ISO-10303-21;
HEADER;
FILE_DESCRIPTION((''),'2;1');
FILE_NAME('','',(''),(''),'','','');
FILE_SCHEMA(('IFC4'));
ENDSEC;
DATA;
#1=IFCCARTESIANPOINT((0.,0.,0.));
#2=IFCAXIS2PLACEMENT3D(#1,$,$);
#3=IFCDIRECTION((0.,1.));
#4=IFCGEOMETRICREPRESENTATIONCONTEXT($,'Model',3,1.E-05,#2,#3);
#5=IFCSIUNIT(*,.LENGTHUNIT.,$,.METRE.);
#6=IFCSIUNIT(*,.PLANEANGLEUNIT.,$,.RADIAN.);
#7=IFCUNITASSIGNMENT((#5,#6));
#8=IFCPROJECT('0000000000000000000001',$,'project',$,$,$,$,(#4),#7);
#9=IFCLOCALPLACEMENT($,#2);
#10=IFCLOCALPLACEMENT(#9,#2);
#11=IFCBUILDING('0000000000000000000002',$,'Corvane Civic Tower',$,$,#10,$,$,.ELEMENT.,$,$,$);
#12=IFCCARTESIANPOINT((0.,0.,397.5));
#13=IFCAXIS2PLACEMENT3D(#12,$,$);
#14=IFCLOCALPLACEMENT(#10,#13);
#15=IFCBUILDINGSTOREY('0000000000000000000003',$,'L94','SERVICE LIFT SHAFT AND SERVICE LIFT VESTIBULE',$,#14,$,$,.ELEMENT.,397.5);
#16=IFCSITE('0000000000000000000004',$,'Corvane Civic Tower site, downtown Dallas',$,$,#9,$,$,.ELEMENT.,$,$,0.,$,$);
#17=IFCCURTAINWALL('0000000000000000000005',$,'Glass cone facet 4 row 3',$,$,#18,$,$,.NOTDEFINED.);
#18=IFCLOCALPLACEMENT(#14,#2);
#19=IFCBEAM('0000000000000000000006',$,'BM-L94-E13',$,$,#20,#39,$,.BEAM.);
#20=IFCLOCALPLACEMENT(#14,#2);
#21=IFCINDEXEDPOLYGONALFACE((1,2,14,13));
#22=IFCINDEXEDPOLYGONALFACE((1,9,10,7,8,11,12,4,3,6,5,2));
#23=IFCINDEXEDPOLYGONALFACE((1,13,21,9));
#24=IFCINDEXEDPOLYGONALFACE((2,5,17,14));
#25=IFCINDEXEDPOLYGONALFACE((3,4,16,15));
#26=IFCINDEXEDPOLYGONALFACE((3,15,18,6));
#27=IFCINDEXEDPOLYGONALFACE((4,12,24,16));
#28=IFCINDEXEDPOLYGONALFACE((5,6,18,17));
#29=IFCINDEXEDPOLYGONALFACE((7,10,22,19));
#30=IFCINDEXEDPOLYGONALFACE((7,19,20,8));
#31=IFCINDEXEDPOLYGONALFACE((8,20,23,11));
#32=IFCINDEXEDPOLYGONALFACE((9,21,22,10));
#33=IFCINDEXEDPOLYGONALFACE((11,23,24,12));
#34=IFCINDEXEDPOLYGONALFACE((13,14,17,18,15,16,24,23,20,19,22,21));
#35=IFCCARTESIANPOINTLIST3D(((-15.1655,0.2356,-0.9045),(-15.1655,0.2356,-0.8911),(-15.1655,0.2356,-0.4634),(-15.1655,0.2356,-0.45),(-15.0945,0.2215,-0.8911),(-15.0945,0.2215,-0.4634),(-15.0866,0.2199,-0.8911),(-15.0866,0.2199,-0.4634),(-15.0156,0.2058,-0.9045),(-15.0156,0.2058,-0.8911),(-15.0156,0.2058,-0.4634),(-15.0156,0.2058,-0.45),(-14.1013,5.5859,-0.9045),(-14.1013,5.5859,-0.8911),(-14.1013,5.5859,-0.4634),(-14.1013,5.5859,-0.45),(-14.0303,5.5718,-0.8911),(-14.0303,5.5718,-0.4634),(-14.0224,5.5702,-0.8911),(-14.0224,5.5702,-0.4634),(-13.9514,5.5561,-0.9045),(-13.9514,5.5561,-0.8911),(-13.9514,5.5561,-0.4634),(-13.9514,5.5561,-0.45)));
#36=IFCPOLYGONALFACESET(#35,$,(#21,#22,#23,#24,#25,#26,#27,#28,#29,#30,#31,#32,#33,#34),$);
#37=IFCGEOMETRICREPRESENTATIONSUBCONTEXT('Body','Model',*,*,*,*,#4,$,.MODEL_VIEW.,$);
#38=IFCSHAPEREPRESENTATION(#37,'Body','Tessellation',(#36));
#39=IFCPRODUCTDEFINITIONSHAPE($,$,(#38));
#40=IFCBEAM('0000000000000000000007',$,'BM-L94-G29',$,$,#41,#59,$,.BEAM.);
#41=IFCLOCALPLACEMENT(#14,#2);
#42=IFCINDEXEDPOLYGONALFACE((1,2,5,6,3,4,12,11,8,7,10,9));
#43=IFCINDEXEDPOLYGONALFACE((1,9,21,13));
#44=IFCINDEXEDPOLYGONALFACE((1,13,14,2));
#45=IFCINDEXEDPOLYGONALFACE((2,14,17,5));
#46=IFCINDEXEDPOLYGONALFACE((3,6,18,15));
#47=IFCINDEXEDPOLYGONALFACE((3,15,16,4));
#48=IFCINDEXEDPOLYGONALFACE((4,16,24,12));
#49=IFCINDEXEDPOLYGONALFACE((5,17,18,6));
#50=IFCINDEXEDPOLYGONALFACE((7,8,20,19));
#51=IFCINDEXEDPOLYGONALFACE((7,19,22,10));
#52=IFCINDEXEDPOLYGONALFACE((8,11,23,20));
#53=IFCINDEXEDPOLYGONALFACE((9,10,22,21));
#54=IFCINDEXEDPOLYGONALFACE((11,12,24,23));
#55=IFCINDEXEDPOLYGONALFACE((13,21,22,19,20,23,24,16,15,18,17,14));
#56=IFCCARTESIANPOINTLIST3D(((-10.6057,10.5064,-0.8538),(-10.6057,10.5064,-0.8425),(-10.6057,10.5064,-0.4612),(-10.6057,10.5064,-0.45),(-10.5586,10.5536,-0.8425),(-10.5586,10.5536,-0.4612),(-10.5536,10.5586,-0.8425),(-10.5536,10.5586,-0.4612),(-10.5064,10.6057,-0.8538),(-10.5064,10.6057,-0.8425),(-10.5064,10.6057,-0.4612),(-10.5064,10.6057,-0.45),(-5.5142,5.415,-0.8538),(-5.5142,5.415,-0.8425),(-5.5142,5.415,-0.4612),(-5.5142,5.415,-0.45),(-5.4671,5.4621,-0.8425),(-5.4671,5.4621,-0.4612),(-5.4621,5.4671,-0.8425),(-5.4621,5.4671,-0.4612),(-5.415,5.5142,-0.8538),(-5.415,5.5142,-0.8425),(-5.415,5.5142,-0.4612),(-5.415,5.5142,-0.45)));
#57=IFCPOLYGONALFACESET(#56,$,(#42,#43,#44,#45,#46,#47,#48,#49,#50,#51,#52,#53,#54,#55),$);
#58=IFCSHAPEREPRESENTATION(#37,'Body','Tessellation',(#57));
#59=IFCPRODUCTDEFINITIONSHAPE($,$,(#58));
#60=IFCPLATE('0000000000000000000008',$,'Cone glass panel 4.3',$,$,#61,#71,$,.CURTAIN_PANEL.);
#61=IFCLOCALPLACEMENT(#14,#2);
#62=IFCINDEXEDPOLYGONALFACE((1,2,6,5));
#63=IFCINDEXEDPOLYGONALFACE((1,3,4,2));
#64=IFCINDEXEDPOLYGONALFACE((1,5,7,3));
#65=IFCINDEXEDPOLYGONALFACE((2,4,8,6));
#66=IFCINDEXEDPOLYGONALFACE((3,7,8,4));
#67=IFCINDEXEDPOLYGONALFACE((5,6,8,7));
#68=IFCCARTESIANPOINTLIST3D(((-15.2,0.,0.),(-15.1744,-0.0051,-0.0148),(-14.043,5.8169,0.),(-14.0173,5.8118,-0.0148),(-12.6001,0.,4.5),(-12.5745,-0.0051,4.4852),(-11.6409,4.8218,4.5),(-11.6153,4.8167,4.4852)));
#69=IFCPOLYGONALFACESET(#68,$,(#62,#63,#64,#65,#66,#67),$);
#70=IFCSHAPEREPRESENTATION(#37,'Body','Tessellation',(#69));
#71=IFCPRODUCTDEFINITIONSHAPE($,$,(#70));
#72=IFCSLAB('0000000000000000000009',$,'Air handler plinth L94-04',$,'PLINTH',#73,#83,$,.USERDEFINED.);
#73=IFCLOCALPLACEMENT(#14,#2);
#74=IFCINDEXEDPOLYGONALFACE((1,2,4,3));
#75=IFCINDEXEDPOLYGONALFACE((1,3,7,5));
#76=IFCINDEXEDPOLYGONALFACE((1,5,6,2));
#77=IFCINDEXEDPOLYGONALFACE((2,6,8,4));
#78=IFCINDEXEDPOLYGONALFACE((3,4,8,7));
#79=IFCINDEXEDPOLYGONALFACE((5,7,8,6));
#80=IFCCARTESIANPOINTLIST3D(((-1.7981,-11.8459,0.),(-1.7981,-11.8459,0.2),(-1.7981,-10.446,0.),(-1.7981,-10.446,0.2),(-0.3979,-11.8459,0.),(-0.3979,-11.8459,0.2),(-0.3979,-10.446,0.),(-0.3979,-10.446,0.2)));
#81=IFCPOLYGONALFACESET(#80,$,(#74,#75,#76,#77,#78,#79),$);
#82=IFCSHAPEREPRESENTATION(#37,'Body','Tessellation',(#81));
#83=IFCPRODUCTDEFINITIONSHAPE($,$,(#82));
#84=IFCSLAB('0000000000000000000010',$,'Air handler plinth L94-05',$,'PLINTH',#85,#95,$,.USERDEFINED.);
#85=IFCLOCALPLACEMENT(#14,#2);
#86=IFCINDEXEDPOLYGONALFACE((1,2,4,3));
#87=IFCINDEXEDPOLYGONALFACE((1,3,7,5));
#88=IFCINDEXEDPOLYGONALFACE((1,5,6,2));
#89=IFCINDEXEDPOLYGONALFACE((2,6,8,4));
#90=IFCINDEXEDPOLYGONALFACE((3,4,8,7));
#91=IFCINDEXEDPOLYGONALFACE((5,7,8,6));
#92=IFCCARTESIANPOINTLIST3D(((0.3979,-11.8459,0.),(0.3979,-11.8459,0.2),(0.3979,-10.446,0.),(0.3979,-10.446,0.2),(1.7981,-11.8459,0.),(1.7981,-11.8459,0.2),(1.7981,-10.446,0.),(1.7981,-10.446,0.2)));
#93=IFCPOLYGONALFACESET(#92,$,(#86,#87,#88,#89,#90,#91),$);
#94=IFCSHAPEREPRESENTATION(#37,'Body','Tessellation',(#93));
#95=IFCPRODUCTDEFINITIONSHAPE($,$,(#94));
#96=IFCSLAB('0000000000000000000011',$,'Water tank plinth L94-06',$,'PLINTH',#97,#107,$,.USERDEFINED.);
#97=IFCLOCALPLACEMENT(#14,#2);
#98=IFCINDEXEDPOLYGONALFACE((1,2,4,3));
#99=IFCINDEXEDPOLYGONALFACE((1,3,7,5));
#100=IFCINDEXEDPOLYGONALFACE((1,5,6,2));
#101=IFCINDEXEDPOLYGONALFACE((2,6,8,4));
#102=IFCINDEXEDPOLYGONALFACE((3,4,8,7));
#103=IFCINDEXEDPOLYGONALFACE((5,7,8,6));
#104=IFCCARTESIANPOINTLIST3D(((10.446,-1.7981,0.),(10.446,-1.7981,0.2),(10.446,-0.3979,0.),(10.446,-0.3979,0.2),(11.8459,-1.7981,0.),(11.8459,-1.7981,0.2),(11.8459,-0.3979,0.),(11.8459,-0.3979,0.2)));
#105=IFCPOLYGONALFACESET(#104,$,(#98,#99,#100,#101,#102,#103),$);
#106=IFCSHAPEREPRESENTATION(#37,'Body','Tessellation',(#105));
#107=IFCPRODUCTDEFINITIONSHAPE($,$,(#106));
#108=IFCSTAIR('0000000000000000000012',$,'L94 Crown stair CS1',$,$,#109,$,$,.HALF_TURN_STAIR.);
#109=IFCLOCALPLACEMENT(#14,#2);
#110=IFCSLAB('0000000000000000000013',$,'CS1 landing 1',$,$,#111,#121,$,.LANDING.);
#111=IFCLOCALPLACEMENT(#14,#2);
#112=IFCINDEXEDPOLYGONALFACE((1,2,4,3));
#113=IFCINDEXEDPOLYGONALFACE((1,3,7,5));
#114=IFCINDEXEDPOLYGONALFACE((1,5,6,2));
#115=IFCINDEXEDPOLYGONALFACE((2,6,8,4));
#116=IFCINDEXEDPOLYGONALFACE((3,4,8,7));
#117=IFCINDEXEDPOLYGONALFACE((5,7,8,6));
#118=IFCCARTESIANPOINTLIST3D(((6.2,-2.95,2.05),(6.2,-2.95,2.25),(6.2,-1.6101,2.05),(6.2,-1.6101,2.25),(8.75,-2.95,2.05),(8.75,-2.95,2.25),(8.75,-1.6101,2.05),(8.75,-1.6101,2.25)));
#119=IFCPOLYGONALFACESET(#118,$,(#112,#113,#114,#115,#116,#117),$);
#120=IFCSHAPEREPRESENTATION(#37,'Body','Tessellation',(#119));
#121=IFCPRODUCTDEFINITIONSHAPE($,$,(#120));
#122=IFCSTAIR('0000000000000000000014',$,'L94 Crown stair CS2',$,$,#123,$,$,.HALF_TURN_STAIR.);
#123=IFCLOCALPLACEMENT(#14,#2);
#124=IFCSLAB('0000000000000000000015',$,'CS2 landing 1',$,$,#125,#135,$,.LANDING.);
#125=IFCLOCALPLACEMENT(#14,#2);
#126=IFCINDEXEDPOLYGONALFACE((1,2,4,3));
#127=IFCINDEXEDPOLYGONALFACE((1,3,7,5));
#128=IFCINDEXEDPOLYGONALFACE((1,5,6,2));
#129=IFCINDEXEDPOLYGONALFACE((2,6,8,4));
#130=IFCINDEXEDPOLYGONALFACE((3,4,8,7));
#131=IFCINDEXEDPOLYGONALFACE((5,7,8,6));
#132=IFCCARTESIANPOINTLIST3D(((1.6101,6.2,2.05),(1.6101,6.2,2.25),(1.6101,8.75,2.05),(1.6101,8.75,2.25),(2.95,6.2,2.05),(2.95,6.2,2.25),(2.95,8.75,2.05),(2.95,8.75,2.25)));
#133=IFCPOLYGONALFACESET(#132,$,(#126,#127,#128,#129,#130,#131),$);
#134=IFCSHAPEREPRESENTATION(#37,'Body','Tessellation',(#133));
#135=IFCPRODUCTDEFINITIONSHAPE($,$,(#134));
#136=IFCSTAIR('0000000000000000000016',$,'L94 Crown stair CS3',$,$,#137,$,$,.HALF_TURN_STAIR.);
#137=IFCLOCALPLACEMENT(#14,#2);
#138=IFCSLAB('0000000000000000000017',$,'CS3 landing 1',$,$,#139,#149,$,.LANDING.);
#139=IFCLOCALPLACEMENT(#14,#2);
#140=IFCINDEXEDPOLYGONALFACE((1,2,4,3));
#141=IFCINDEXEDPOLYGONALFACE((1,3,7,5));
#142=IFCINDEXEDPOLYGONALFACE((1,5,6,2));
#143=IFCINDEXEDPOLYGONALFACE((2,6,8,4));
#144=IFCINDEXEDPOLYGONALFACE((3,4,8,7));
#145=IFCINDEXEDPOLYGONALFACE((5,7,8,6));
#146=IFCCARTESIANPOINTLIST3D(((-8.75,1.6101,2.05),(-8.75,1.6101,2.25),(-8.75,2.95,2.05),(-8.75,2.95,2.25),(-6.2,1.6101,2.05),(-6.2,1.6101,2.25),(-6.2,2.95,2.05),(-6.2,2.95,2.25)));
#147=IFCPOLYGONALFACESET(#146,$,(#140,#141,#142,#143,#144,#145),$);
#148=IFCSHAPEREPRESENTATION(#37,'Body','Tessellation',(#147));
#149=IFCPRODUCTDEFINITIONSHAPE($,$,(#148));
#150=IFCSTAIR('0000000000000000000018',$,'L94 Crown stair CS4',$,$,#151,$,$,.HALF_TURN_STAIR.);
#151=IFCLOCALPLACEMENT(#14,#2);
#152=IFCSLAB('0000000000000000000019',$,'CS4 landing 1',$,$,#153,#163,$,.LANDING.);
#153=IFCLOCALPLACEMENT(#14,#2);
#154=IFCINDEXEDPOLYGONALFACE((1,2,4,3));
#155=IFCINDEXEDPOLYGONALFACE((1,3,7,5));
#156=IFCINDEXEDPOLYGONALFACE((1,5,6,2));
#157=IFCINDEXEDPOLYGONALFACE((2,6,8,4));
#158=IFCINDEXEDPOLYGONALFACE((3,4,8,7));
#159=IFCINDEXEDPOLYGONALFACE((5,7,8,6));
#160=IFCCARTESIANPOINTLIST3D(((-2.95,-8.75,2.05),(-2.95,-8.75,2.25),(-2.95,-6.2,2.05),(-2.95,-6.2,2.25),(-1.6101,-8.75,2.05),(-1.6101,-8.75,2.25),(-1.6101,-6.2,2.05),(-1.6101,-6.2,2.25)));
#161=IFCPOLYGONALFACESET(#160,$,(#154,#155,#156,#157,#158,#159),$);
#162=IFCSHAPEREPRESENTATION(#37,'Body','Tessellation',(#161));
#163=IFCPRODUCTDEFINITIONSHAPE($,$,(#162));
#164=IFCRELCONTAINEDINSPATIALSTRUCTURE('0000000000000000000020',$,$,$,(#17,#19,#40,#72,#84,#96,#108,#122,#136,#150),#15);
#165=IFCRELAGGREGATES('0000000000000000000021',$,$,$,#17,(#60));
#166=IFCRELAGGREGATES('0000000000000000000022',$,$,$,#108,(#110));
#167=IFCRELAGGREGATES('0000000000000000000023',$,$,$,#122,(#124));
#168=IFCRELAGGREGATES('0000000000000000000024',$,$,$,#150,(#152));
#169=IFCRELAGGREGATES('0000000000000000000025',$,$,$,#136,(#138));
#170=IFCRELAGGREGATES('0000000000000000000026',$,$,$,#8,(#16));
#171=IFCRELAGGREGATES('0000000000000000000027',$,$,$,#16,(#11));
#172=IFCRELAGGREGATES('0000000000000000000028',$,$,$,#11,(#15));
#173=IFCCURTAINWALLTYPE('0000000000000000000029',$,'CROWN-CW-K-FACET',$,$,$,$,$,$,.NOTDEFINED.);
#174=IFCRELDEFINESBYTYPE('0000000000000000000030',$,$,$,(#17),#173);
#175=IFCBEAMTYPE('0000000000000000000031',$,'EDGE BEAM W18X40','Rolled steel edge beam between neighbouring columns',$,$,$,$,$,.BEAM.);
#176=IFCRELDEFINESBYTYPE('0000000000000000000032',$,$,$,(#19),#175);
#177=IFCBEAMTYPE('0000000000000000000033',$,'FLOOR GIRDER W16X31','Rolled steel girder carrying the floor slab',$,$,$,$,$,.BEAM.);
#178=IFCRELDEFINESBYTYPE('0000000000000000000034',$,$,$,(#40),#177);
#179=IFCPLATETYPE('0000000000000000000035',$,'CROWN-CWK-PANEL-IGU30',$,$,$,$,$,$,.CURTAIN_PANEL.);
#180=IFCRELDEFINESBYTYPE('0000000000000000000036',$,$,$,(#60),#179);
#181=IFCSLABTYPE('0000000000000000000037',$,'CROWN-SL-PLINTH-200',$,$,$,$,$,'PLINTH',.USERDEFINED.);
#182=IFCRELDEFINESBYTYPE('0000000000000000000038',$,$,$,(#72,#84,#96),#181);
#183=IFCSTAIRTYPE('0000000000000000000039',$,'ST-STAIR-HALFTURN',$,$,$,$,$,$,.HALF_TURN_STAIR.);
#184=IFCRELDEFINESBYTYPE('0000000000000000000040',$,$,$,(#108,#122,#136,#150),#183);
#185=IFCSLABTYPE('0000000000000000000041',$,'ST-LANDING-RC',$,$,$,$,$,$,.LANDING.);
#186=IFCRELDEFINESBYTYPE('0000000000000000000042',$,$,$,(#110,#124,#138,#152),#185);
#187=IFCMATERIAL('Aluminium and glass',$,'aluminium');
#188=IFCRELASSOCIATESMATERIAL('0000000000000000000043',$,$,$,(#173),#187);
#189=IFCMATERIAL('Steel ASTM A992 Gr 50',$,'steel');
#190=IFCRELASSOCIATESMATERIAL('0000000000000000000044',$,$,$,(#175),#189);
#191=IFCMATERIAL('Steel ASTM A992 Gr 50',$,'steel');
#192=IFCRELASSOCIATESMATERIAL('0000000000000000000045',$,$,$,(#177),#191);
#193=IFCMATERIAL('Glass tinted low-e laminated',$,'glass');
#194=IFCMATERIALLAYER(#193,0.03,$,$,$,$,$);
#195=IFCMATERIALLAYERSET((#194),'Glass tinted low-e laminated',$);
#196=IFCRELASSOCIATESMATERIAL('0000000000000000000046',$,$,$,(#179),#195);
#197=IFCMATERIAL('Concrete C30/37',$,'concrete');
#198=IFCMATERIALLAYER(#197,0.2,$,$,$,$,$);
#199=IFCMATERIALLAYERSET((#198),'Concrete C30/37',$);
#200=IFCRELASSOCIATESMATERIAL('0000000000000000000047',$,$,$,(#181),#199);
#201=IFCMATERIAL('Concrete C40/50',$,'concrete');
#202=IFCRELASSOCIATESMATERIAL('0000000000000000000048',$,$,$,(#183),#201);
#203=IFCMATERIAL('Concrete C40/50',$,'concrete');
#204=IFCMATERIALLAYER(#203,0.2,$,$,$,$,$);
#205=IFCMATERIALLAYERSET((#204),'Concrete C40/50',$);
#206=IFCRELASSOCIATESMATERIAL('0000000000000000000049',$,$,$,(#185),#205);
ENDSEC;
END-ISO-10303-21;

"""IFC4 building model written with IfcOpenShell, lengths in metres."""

from ifc_helpers import new_model, si_unit, direction, frame, origin, origin_2d, place, context, subcontext, project, spatial, polyline, i_section, outline, extrude, material, layer, layer_set, material_profile, profile_set, type_object, element, aggregate, save


model = new_model("IFC4")

# Units and contexts
model_context = context("Model", 3, precision=1e-05, world=origin(), true_north=direction((0.0, 1.0)))
body_context = subcontext(model_context, "Body", "Model", "MODEL_VIEW")
ifc_project = project(units=[si_unit("LENGTHUNIT", "METRE"), si_unit("PLANEANGLEUNIT", "RADIAN")], contexts=[model_context])

# Site, building, storey
site_placement = place(None, origin())
site = spatial("IfcSite", under=ifc_project, at=site_placement, Name="Corvane Civic Tower site, downtown Dallas", CompositionType="ELEMENT", RefElevation=0.0)
building_placement = place(site_placement, origin())
building = spatial("IfcBuilding", under=site, at=building_placement, Name="Corvane Civic Tower", CompositionType="ELEMENT")
storey_placement = place(building_placement, frame((0.0, 0.0, 397.5)))
storey = spatial("IfcBuildingStorey", under=building, at=storey_placement, Name="L94", Description="SERVICE LIFT SHAFT AND SERVICE LIFT VESTIBULE", CompositionType="ELEMENT", Elevation=397.5)

# Shared definitions
ifc_material_1 = material(Name="Aluminium and glass", Category="aluminium")
curtain_wall_type = type_object("IfcCurtainWallType", Name="CROWN-CW-K-FACET", PredefinedType="NOTDEFINED", material=ifc_material_1)

# Curtain wall
curtain_wall_1_placement = place(storey_placement, origin())
curtain_wall_1 = element("IfcCurtainWall", 1, at=curtain_wall_1_placement, inside=storey, type_object=curtain_wall_type, Name="Glass cone facet 4 row 3", PredefinedType="NOTDEFINED")

# Beams
ifc_material_2 = material(Name="Steel ASTM A992 Gr 50", Category="steel")
ifc_material_profile_1 = material_profile(ifc_material_2, i_section(OverallWidth=0.1528, OverallDepth=0.4546, WebThickness=0.0081, FlangeThickness=0.0134, at=origin_2d()), Name="W18X40")
ifc_profile_set_1 = profile_set([ifc_material_profile_1], Name="Steel ASTM A992 Gr 50")
beam_type_1 = type_object("IfcBeamType", Name="EDGE BEAM W18X40", Description="Rolled steel edge beam between neighbouring columns", PredefinedType="BEAM", material=ifc_profile_set_1)
beam_1_placement = place(storey_placement, frame((-15.0906, 0.2207, -0.6772), z_axis=(0.195083, 0.980787, 0.0), x_axis=(-0.980787, 0.195083, 0.0)))
element("IfcBeam", 2, at=beam_1_placement, inside=storey, type_object=beam_type_1, Name="BM-L94-E13", PredefinedType="BEAM", context=body_context, shape_type="SweptSolid", body=[
    extrude(i_section(OverallWidth=0.1528, OverallDepth=0.4546, WebThickness=0.0081, FlangeThickness=0.0134, at=origin_2d()), origin(), (0.0, 0.0, 1.0), 5.4551),
])
ifc_material_3 = material(Name="Steel ASTM A992 Gr 50", Category="steel")
ifc_material_profile_2 = material_profile(ifc_material_3, i_section(OverallWidth=0.1404, OverallDepth=0.4038, WebThickness=0.0071, FlangeThickness=0.0112, at=origin_2d()), Name="W16X31")
ifc_profile_set_2 = profile_set([ifc_material_profile_2], Name="Steel ASTM A992 Gr 50")
beam_type_2 = type_object("IfcBeamType", Name="FLOOR GIRDER W16X31", Description="Rolled steel girder carrying the floor slab", PredefinedType="BEAM", material=ifc_profile_set_2)
beam_2_placement = place(storey_placement, frame((-5.4646, 5.4646, -0.6519), z_axis=(-0.707107, 0.707107, 0.0), x_axis=(-0.707107, -0.707107, 0.0)))
element("IfcBeam", 3, at=beam_2_placement, inside=storey, type_object=beam_type_2, Name="BM-L94-G29", PredefinedType="BEAM", context=body_context, shape_type="SweptSolid", body=[
    extrude(i_section(OverallWidth=0.1404, OverallDepth=0.4038, WebThickness=0.0071, FlangeThickness=0.0112, at=origin_2d()), origin(), (0.0, 0.0, 1.0), 7.2004),
])

# Plate
ifc_material_4 = material(Name="Glass tinted low-e laminated", Category="glass")
ifc_layer_1 = layer(ifc_material_4, 0.03)
ifc_layer_set_1 = layer_set([ifc_layer_1], Name="Glass tinted low-e laminated")
plate_type = type_object("IfcPlateType", Name="CROWN-CWK-PANEL-IGU30", PredefinedType="CURTAIN_PANEL", material=ifc_layer_set_1)
plate_placement = place(storey_placement, frame((-14.043, 5.8169, 0.0), z_axis=(-0.853305, 0.169737, 0.493011), x_axis=(-0.195091, -0.980785, 0.000007)))
plate = element("IfcPlate", 4, at=plate_placement, type_object=plate_type, Name="Cone glass panel 4.3", PredefinedType="CURTAIN_PANEL", context=body_context, shape_type="SweptSolid", body=[
    extrude(outline(polyline([(0.0, 0.0), (5.9308, 0.0), (5.4237, 5.1722), (0.5074, 5.1723), (0.0, 0.0)])), origin(), (0.0, 0.0, -1.0), 0.03),
])
aggregate(curtain_wall_1, [plate])

# Slabs
ifc_material_5 = material(Name="Concrete C30/37", Category="concrete")
ifc_layer_2 = layer(ifc_material_5, 0.2)
ifc_layer_set_2 = layer_set([ifc_layer_2], Name="Concrete C30/37")
slab_type_1 = type_object("IfcSlabType", Name="CROWN-SL-PLINTH-200", ElementType="PLINTH", PredefinedType="USERDEFINED", material=ifc_layer_set_2)
slab_1_placement = place(storey_placement, origin())
element("IfcSlab", 5, at=slab_1_placement, inside=storey, type_object=slab_type_1, Name="Air handler plinth L94-04", ObjectType="PLINTH", PredefinedType="USERDEFINED", context=body_context, shape_type="SweptSolid", body=[
    extrude(outline(polyline([(-0.3979, -11.8459), (-0.3979, -10.446), (-1.7981, -10.446), (-1.7981, -11.8459), (-0.3979, -11.8459)])), origin(), (0.0, 0.0, 1.0), 0.2),
])
slab_2_placement = place(storey_placement, origin())
element("IfcSlab", 6, at=slab_2_placement, inside=storey, type_object=slab_type_1, Name="Air handler plinth L94-05", ObjectType="PLINTH", PredefinedType="USERDEFINED", context=body_context, shape_type="SweptSolid", body=[
    extrude(outline(polyline([(1.7981, -11.8459), (1.7981, -10.446), (0.3979, -10.446), (0.3979, -11.8459), (1.7981, -11.8459)])), origin(), (0.0, 0.0, 1.0), 0.2),
])
slab_3_placement = place(storey_placement, origin())
element("IfcSlab", 7, at=slab_3_placement, inside=storey, type_object=slab_type_1, Name="Water tank plinth L94-06", ObjectType="PLINTH", PredefinedType="USERDEFINED", context=body_context, shape_type="SweptSolid", body=[
    extrude(outline(polyline([(11.8459, -1.7981), (11.8459, -0.3979), (10.446, -0.3979), (10.446, -1.7981), (11.8459, -1.7981)])), origin(), (0.0, 0.0, 1.0), 0.2),
])

# Stairs, slabs
ifc_material_6 = material(Name="Concrete C40/50", Category="concrete")
stair_type = type_object("IfcStairType", Name="ST-STAIR-HALFTURN", PredefinedType="HALF_TURN_STAIR", material=ifc_material_6)
stair_1_placement = place(storey_placement, origin())
stair_1 = element("IfcStair", 8, at=stair_1_placement, inside=storey, type_object=stair_type, Name="L94 Crown stair CS1", PredefinedType="HALF_TURN_STAIR")
ifc_material_7 = material(Name="Concrete C40/50", Category="concrete")
ifc_layer_3 = layer(ifc_material_7, 0.2)
ifc_layer_set_3 = layer_set([ifc_layer_3], Name="Concrete C40/50")
slab_type_2 = type_object("IfcSlabType", Name="ST-LANDING-RC", PredefinedType="LANDING", material=ifc_layer_set_3)
slab_4_placement = place(storey_placement, frame((0.0, 0.0, 2.05)))
slab_4 = element("IfcSlab", 9, at=slab_4_placement, type_object=slab_type_2, Name="CS1 landing 1", PredefinedType="LANDING", context=body_context, shape_type="SweptSolid", body=[
    extrude(outline(polyline([(6.2, -1.6101), (6.2, -2.95), (8.75, -2.95), (8.75, -1.6101), (6.2, -1.6101)])), origin(), (0.0, 0.0, 1.0), 0.2),
])
aggregate(stair_1, [slab_4])
stair_2_placement = place(storey_placement, origin())
stair_2 = element("IfcStair", 10, at=stair_2_placement, inside=storey, type_object=stair_type, Name="L94 Crown stair CS2", PredefinedType="HALF_TURN_STAIR")
slab_5_placement = place(storey_placement, frame((0.0, 0.0, 2.05)))
slab_5 = element("IfcSlab", 11, at=slab_5_placement, type_object=slab_type_2, Name="CS2 landing 1", PredefinedType="LANDING", context=body_context, shape_type="SweptSolid", body=[
    extrude(outline(polyline([(1.6101, 6.2), (2.95, 6.2), (2.95, 8.75), (1.6101, 8.75), (1.6101, 6.2)])), origin(), (0.0, 0.0, 1.0), 0.2),
])
aggregate(stair_2, [slab_5])
stair_3_placement = place(storey_placement, origin())
stair_3 = element("IfcStair", 12, at=stair_3_placement, inside=storey, type_object=stair_type, Name="L94 Crown stair CS3", PredefinedType="HALF_TURN_STAIR")
slab_6_placement = place(storey_placement, frame((0.0, 0.0, 2.05)))
slab_6 = element("IfcSlab", 13, at=slab_6_placement, type_object=slab_type_2, Name="CS3 landing 1", PredefinedType="LANDING", context=body_context, shape_type="SweptSolid", body=[
    extrude(outline(polyline([(-6.2, 1.6101), (-6.2, 2.95), (-8.75, 2.95), (-8.75, 1.6101), (-6.2, 1.6101)])), origin(), (0.0, 0.0, 1.0), 0.2),
])
stair_4_placement = place(storey_placement, origin())
stair_4 = element("IfcStair", 14, at=stair_4_placement, inside=storey, type_object=stair_type, Name="L94 Crown stair CS4", PredefinedType="HALF_TURN_STAIR")
slab_7_placement = place(storey_placement, frame((0.0, 0.0, 2.05)))
slab_7 = element("IfcSlab", 15, at=slab_7_placement, type_object=slab_type_2, Name="CS4 landing 1", PredefinedType="LANDING", context=body_context, shape_type="SweptSolid", body=[
    extrude(outline(polyline([(-1.6101, -6.2), (-2.95, -6.2), (-2.95, -8.75), (-1.6101, -8.75), (-1.6101, -6.2)])), origin(), (0.0, 0.0, 1.0), 0.2),
])
aggregate(stair_4, [slab_7])

aggregate(stair_3, [slab_6])

save(model, "model.ifc")
